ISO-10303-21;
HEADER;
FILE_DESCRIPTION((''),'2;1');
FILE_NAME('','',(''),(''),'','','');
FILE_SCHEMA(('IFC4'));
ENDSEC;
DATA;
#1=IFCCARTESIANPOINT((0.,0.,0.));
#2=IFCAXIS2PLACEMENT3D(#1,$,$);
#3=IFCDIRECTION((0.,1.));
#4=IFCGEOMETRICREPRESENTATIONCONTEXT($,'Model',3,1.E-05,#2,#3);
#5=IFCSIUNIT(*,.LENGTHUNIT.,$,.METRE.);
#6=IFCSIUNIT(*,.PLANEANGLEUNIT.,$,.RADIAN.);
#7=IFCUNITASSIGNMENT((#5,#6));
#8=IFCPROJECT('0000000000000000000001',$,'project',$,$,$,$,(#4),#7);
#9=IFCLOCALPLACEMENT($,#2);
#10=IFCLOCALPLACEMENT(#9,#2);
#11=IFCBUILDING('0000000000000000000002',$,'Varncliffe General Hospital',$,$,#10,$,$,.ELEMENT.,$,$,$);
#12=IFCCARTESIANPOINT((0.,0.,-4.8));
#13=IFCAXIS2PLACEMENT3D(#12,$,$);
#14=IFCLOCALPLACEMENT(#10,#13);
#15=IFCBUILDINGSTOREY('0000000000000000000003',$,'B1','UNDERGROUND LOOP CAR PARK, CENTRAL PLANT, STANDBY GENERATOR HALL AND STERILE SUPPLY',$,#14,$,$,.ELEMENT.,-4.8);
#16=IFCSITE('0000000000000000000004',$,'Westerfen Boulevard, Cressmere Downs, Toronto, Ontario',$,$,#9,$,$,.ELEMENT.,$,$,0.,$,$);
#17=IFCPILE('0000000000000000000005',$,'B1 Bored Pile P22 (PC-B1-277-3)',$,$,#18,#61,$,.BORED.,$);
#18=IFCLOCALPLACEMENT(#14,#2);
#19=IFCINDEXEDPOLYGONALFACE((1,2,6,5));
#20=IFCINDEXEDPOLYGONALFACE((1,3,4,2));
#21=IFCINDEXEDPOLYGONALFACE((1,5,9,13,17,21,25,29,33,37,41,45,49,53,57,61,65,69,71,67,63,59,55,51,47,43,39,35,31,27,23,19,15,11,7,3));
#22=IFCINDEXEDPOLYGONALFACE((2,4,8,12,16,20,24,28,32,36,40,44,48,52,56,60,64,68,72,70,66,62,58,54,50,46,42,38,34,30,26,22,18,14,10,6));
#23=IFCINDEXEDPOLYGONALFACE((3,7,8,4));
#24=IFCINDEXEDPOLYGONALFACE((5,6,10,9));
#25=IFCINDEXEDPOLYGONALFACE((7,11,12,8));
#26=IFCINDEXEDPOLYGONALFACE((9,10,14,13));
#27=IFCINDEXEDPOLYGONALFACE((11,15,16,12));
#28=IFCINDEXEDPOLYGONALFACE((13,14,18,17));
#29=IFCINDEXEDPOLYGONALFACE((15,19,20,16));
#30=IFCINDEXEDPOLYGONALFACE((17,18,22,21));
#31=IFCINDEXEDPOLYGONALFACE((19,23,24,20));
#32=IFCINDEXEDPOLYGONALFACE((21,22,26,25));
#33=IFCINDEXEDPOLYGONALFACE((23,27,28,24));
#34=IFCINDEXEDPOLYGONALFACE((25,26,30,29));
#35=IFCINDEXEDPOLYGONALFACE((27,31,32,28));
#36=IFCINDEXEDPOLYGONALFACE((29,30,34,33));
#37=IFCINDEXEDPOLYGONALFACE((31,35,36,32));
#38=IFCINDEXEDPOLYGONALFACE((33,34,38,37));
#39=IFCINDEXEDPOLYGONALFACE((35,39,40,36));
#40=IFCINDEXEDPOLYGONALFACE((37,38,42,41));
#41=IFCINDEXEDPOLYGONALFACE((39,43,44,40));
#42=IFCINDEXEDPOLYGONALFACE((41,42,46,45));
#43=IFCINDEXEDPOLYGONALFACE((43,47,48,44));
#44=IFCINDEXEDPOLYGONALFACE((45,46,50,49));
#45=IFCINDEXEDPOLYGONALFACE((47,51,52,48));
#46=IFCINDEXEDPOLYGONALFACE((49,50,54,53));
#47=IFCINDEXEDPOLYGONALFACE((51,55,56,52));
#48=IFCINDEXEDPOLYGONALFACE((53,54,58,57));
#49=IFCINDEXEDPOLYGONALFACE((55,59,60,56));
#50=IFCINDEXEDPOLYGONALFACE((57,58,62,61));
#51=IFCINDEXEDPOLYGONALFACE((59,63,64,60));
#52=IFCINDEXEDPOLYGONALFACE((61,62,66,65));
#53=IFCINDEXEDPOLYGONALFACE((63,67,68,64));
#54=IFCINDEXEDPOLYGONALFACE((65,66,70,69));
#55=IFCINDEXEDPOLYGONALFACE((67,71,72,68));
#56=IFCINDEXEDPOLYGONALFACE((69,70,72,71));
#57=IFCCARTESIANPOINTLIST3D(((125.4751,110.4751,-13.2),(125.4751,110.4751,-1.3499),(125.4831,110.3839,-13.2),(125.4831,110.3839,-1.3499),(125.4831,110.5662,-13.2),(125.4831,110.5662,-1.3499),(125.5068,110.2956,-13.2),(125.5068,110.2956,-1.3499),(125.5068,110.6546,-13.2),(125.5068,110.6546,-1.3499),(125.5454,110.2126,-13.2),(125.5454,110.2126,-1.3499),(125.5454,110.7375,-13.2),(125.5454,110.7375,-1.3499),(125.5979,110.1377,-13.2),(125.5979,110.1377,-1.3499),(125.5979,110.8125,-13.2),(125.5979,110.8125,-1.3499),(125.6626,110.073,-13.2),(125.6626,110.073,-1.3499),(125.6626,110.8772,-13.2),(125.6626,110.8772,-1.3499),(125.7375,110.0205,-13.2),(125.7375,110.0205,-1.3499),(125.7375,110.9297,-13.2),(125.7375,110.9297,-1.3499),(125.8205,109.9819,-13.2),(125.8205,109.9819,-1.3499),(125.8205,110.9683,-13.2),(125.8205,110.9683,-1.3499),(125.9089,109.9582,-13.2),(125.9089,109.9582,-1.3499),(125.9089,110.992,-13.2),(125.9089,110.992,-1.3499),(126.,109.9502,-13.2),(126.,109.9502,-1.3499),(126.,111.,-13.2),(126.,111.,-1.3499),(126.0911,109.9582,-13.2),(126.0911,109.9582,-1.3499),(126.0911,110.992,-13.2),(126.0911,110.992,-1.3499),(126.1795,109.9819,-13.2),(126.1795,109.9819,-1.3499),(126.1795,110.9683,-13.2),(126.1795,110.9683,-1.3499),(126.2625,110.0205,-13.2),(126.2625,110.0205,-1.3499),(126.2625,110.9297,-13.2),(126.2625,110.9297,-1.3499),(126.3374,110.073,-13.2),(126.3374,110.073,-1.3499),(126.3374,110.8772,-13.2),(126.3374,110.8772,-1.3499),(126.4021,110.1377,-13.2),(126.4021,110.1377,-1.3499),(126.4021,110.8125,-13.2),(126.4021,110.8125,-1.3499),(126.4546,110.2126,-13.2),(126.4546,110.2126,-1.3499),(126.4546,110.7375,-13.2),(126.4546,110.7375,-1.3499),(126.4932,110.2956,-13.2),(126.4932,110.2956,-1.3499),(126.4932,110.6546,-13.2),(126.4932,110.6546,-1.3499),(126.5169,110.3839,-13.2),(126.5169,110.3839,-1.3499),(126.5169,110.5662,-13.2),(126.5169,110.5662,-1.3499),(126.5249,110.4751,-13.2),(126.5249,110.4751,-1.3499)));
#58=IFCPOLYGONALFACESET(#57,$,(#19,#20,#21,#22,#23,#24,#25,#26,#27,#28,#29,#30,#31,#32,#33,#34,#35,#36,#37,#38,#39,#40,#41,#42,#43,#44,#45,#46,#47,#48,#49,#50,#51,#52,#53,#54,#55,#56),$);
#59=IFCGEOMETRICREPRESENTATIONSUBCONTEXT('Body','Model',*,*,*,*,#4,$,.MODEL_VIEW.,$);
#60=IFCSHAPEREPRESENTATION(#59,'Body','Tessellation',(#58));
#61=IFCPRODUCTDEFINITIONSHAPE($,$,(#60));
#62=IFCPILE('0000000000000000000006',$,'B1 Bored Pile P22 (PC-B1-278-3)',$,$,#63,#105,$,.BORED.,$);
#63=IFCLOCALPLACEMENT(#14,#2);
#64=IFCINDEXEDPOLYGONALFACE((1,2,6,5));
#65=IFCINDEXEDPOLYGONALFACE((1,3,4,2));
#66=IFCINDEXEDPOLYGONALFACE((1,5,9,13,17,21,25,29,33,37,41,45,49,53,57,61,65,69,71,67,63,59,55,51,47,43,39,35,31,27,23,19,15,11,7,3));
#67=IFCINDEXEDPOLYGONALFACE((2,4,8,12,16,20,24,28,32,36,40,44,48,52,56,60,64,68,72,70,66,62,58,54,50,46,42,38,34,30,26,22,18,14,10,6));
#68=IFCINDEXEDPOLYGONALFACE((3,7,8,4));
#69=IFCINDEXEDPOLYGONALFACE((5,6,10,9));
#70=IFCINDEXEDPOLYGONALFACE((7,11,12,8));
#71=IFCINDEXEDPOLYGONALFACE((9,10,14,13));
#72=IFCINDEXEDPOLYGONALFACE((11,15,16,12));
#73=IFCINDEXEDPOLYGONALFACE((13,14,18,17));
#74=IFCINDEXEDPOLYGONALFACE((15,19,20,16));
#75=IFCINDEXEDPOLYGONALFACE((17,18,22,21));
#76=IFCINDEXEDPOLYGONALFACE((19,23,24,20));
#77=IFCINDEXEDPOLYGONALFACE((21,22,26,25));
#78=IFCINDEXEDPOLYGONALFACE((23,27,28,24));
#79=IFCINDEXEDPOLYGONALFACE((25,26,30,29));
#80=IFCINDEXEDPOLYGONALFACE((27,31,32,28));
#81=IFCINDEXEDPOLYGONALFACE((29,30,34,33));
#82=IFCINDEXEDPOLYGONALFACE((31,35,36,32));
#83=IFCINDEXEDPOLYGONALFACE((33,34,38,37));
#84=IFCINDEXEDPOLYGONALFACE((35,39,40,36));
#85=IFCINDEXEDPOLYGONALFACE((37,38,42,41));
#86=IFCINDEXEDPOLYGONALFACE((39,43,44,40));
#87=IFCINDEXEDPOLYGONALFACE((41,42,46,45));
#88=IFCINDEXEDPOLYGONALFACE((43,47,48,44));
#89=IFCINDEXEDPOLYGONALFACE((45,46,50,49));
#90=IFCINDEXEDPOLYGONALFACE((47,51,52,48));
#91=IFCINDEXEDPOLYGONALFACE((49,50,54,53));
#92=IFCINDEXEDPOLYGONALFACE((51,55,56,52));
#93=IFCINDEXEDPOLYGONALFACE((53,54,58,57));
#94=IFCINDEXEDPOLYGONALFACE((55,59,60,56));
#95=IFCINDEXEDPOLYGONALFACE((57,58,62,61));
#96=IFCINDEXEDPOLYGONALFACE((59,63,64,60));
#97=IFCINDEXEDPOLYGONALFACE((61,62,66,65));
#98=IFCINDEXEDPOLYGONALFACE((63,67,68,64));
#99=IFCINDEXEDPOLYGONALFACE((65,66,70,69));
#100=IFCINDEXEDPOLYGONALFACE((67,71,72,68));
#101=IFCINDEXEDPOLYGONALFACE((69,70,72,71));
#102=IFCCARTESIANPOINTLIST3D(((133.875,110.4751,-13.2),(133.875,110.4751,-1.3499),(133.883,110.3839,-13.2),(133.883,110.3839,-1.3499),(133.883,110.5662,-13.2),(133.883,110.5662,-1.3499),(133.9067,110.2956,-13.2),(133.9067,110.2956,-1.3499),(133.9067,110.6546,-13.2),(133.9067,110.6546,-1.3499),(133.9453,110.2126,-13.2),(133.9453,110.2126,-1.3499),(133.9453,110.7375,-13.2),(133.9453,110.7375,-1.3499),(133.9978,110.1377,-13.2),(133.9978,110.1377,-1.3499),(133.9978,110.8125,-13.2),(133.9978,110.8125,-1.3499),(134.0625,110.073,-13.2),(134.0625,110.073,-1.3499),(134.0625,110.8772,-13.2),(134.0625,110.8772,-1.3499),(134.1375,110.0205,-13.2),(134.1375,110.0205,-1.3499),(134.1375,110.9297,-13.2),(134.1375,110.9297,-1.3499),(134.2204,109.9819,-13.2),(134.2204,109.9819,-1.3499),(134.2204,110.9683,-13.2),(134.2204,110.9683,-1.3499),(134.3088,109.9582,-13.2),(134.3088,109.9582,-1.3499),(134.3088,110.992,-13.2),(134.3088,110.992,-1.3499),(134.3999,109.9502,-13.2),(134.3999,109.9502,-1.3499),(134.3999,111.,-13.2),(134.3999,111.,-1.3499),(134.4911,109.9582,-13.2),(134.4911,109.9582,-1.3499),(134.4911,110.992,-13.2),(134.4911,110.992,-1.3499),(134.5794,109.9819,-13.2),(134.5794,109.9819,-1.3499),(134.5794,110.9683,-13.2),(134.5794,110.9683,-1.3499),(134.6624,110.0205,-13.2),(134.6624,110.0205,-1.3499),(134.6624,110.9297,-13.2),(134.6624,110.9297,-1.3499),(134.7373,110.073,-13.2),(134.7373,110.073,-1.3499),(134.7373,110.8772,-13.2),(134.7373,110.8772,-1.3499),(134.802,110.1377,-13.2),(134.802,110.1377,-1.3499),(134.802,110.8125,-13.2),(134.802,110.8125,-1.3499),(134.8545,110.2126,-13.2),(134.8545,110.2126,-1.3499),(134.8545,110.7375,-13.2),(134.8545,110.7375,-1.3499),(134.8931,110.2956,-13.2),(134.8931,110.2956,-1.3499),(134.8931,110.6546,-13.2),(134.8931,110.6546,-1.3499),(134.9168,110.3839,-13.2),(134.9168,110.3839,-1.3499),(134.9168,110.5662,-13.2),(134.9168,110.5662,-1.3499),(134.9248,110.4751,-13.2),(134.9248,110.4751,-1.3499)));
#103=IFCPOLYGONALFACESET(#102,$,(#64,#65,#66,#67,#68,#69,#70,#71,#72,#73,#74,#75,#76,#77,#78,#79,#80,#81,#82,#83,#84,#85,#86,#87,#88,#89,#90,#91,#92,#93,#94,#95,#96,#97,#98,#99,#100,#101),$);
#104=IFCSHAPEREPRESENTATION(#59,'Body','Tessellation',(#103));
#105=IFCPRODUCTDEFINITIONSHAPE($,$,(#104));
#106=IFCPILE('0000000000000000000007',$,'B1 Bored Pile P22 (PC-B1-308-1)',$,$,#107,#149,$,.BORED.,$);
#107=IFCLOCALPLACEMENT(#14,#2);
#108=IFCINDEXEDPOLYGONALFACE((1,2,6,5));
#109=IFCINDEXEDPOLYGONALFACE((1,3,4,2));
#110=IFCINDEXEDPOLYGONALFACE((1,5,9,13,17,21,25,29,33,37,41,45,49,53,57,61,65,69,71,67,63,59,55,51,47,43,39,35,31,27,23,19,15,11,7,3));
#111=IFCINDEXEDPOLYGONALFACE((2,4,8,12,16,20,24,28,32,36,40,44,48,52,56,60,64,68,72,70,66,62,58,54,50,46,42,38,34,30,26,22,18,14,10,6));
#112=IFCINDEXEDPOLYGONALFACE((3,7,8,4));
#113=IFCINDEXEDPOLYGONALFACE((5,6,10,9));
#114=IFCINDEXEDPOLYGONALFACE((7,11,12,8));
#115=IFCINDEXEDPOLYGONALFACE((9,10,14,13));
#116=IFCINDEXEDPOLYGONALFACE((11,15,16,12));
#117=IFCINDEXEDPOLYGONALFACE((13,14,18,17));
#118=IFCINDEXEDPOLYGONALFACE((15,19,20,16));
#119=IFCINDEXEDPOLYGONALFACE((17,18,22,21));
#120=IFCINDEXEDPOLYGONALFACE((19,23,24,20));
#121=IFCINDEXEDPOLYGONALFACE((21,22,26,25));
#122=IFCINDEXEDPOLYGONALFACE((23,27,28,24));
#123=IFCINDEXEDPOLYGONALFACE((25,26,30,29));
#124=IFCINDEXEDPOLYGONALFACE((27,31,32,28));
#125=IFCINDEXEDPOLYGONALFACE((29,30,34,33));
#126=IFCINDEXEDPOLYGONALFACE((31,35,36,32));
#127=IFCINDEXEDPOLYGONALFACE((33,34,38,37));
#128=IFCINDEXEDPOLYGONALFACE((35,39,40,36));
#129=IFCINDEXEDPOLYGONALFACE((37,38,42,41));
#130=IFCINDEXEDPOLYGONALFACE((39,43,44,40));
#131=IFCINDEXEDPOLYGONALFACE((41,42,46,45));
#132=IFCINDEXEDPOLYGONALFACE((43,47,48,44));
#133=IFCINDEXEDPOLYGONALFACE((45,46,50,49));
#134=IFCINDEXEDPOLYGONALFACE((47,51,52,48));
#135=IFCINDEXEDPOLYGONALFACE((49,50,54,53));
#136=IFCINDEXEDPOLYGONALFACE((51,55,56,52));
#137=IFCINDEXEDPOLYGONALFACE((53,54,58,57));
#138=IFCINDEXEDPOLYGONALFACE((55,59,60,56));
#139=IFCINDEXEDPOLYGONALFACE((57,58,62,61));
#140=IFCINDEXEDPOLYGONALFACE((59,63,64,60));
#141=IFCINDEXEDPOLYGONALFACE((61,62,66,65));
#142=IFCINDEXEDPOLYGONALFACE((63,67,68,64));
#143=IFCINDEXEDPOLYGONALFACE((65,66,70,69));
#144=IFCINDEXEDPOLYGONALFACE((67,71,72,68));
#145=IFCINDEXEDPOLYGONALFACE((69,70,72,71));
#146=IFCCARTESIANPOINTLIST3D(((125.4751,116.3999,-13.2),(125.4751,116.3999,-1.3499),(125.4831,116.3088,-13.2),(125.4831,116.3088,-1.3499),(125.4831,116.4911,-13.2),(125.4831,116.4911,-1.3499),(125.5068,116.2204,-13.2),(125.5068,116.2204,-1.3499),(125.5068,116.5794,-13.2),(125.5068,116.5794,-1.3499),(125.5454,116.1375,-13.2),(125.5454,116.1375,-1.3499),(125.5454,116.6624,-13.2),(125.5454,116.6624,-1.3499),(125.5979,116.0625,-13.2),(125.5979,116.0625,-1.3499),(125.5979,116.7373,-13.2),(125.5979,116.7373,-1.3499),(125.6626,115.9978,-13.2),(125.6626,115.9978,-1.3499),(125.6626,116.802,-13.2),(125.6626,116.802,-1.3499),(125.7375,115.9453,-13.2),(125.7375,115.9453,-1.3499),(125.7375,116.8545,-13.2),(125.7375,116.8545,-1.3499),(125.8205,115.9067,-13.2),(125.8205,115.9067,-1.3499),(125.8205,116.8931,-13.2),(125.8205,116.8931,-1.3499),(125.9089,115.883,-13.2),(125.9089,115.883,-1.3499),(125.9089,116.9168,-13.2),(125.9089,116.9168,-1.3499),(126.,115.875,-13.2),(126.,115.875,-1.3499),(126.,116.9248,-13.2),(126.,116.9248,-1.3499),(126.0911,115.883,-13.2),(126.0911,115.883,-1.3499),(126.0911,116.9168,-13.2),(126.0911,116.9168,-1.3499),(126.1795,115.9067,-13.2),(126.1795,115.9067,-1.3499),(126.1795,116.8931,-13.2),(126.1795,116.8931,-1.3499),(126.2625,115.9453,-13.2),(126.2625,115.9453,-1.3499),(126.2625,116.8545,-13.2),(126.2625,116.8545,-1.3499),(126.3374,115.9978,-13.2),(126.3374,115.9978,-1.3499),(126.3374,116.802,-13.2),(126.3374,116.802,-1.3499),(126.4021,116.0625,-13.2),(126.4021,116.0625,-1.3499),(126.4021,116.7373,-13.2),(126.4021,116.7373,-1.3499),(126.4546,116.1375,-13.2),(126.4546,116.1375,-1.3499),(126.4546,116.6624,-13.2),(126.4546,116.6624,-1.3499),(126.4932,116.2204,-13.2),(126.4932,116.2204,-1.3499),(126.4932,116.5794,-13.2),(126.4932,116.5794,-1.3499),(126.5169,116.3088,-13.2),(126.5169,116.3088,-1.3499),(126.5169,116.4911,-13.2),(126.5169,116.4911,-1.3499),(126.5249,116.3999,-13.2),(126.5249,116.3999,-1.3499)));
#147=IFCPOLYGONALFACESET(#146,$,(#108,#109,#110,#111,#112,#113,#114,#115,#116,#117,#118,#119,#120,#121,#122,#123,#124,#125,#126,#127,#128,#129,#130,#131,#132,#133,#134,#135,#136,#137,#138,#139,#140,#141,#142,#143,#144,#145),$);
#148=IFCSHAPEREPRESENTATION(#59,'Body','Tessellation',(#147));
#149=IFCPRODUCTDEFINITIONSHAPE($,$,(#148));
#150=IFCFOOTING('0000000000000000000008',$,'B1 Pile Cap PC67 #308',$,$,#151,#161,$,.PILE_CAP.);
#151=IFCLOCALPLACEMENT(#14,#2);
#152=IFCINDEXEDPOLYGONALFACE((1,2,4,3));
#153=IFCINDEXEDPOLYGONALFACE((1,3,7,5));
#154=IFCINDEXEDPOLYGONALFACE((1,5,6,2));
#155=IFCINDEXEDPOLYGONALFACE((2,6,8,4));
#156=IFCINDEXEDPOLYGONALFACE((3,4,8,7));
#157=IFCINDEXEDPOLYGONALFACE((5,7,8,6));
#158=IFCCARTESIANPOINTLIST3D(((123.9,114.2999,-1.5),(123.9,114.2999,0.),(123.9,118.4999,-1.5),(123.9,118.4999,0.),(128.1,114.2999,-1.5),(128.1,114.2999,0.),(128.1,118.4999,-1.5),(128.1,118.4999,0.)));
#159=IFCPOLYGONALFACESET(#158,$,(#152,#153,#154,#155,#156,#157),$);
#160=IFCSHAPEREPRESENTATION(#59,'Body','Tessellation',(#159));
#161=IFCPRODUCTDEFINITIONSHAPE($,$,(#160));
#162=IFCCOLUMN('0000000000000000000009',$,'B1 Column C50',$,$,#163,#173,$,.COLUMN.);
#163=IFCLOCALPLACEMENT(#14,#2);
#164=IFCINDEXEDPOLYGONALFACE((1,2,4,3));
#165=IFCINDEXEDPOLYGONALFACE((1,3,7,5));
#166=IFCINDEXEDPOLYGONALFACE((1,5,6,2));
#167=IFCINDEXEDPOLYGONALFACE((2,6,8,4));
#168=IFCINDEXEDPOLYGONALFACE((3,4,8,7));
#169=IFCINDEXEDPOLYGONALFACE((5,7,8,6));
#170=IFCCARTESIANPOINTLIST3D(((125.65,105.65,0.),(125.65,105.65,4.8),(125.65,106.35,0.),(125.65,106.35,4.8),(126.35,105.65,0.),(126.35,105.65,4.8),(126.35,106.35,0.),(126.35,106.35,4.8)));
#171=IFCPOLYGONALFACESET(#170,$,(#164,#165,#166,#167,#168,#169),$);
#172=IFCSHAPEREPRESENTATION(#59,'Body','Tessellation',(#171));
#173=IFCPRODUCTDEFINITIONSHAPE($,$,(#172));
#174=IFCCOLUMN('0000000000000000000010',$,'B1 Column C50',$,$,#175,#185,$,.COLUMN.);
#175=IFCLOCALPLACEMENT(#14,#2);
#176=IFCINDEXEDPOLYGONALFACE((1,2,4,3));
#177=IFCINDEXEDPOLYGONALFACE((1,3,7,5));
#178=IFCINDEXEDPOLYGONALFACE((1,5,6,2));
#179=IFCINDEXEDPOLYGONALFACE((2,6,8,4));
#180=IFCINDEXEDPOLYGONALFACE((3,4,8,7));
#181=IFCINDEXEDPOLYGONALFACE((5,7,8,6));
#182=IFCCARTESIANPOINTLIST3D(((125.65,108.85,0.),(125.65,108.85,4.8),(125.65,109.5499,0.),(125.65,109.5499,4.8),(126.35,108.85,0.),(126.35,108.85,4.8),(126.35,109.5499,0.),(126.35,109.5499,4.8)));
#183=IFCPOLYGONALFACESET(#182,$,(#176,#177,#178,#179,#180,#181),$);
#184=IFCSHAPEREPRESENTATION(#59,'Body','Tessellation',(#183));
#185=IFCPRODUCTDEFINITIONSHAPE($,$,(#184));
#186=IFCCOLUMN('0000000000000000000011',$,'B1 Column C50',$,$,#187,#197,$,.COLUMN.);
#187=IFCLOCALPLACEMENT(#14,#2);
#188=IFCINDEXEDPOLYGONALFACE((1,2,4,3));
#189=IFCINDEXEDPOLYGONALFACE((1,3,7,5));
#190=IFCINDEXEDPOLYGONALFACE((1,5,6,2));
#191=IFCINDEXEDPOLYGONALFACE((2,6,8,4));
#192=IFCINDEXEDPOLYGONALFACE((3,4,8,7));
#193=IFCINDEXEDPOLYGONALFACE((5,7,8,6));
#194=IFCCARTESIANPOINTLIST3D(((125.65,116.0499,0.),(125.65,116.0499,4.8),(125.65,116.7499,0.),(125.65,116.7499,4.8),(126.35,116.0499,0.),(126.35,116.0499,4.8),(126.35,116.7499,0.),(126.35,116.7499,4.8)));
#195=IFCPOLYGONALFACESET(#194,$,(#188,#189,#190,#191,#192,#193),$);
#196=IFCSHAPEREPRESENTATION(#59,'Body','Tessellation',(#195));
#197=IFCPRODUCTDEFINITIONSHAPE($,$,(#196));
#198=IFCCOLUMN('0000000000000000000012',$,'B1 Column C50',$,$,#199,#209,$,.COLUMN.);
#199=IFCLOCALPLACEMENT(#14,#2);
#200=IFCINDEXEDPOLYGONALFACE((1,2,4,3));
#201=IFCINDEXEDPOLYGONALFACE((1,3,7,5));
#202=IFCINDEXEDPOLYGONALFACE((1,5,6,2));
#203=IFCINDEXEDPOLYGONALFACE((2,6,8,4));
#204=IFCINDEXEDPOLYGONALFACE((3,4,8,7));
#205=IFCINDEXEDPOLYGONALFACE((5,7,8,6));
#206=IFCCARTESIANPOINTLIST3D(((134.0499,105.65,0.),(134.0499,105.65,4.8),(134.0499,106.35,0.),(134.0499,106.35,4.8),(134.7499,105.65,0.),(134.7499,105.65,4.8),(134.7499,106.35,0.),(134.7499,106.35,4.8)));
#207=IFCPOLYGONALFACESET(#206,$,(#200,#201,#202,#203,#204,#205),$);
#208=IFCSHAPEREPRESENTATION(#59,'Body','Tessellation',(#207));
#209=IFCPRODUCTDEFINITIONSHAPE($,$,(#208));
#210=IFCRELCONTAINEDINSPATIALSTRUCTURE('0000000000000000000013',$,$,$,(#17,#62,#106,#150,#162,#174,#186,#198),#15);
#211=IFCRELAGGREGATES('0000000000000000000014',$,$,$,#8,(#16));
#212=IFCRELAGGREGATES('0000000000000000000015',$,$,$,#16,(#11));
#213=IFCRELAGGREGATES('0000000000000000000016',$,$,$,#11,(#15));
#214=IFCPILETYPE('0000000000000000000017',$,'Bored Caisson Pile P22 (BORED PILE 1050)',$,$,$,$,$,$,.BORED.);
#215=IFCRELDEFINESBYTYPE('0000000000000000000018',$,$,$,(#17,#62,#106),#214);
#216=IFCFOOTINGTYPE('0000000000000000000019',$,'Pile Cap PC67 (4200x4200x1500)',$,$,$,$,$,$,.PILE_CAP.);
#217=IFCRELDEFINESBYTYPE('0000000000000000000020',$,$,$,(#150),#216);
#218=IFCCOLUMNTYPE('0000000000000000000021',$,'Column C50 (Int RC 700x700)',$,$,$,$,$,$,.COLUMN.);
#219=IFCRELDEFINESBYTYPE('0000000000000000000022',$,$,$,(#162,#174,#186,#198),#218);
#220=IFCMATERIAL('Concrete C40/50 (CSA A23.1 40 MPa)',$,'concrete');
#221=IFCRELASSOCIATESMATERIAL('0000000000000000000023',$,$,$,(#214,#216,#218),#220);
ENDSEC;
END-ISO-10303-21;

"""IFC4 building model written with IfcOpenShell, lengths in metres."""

from ifc_helpers import new_model, si_unit, direction, frame, origin, origin_2d, place, context, subcontext, project, spatial, rectangle, circle, extrude, material, material_profile, profile_set, type_object, element, save


model = new_model("IFC4")

# Units and contexts
model_context = context("Model", 3, precision=1e-05, world=origin(), true_north=direction((0.0, 1.0)))
body_context = subcontext(model_context, "Body", "Model", "MODEL_VIEW")
ifc_project = project(units=[si_unit("LENGTHUNIT", "METRE"), si_unit("PLANEANGLEUNIT", "RADIAN")], contexts=[model_context])

# Site, building, storey
site_placement = place(None, origin())
site = spatial("IfcSite", under=ifc_project, at=site_placement, Name="Westerfen Boulevard, Cressmere Downs, Toronto, Ontario", CompositionType="ELEMENT", RefElevation=0.0)
building_placement = place(site_placement, origin())
building = spatial("IfcBuilding", under=site, at=building_placement, Name="Varncliffe General Hospital", CompositionType="ELEMENT")
storey_placement = place(building_placement, frame((0.0, 0.0, -4.8)))
storey = spatial("IfcBuildingStorey", under=building, at=storey_placement, Name="B1", Description="UNDERGROUND LOOP CAR PARK, CENTRAL PLANT, STANDBY GENERATOR HALL AND STERILE SUPPLY", CompositionType="ELEMENT", Elevation=-4.8)

# Piles
ifc_material_1 = material(Name="Concrete C40/50 (CSA A23.1 40 MPa)", Category="concrete")
ifc_material_profile_1 = material_profile(ifc_material_1, circle(Radius=0.5249, at=origin_2d()), Name="BORED PILE 1050")
ifc_profile_set_1 = profile_set([ifc_material_profile_1], Name="Concrete C40/50 (CSA A23.1 40 MPa)")
pile_type = type_object("IfcPileType", Name="Bored Caisson Pile P22 (BORED PILE 1050)", PredefinedType="BORED", material=ifc_profile_set_1)
for number, where, z_axis, x_axis, name in (
    (1, (126.0, 110.4751, -1.3499), (0.0, 0.0, -1.0), (1.0, 0.0, 0.0), "B1 Bored Pile P22 (PC-B1-277-3)"),
    (2, (134.3999, 110.4751, -1.3499), (0.0, 0.0, -1.0), (1.0, 0.0, 0.0), "B1 Bored Pile P22 (PC-B1-278-3)"),
    (3, (126.0, 116.3999, -1.3499), (0.0, 0.0, -1.0), (1.0, 0.0, 0.0), "B1 Bored Pile P22 (PC-B1-308-1)"),
):
    element("IfcPile", number, at=place(storey_placement, frame(where, z_axis=z_axis, x_axis=x_axis)), inside=storey, type_object=pile_type, Name=name, PredefinedType="BORED", context=body_context, shape_type="SweptSolid", body=[
        extrude(circle(Radius=0.5249, at=origin_2d()), origin(), (0.0, 0.0, 1.0), 11.8501),
    ])

# Footing
footing_type = type_object("IfcFootingType", Name="Pile Cap PC67 (4200x4200x1500)", PredefinedType="PILE_CAP", material=ifc_material_1)
footing_placement = place(storey_placement, frame((126.0, 116.3999, -1.5), z_axis=(0.0, 0.0, 1.0), x_axis=(1.0, 0.0, 0.0)))
element("IfcFooting", 4, at=footing_placement, inside=storey, type_object=footing_type, Name="B1 Pile Cap PC67 #308", PredefinedType="PILE_CAP", context=body_context, shape_type="SweptSolid", body=[
    extrude(rectangle(XDim=4.2, YDim=4.2, at=origin_2d()), origin(), (0.0, 0.0, 1.0), 1.5),
])

# Columns
ifc_material_profile_2 = material_profile(ifc_material_1, rectangle(XDim=0.7, YDim=0.7, at=origin_2d()), Name="RC 700x700")
ifc_profile_set_2 = profile_set([ifc_material_profile_2], Name="Concrete C40/50 (CSA A23.1 40 MPa)")
column_type = type_object("IfcColumnType", Name="Column C50 (Int RC 700x700)", PredefinedType="COLUMN", material=ifc_profile_set_2)
for number, where, z_axis, x_axis, name in (
    (5, (126.0, 106.0, 0.0), (0.0, 0.0, 1.0), (1.0, 0.0, 0.0), "B1 Column C50"),
    (6, (126.0, 109.2, 0.0), (0.0, 0.0, 1.0), (1.0, 0.0, 0.0), "B1 Column C50"),
    (7, (126.0, 116.3999, 0.0), (0.0, 0.0, 1.0), (1.0, 0.0, 0.0), "B1 Column C50"),
    (8, (134.3999, 106.0, 0.0), (0.0, 0.0, 1.0), (1.0, 0.0, 0.0), "B1 Column C50"),
):
    element("IfcColumn", number, at=place(storey_placement, frame(where, z_axis=z_axis, x_axis=x_axis)), inside=storey, type_object=column_type, Name=name, PredefinedType="COLUMN", context=body_context, shape_type="SweptSolid", body=[
        extrude(rectangle(XDim=0.7, YDim=0.7, at=origin_2d()), origin(), (0.0, 0.0, 1.0), 4.8),
    ])

save(model, "model.ifc")
